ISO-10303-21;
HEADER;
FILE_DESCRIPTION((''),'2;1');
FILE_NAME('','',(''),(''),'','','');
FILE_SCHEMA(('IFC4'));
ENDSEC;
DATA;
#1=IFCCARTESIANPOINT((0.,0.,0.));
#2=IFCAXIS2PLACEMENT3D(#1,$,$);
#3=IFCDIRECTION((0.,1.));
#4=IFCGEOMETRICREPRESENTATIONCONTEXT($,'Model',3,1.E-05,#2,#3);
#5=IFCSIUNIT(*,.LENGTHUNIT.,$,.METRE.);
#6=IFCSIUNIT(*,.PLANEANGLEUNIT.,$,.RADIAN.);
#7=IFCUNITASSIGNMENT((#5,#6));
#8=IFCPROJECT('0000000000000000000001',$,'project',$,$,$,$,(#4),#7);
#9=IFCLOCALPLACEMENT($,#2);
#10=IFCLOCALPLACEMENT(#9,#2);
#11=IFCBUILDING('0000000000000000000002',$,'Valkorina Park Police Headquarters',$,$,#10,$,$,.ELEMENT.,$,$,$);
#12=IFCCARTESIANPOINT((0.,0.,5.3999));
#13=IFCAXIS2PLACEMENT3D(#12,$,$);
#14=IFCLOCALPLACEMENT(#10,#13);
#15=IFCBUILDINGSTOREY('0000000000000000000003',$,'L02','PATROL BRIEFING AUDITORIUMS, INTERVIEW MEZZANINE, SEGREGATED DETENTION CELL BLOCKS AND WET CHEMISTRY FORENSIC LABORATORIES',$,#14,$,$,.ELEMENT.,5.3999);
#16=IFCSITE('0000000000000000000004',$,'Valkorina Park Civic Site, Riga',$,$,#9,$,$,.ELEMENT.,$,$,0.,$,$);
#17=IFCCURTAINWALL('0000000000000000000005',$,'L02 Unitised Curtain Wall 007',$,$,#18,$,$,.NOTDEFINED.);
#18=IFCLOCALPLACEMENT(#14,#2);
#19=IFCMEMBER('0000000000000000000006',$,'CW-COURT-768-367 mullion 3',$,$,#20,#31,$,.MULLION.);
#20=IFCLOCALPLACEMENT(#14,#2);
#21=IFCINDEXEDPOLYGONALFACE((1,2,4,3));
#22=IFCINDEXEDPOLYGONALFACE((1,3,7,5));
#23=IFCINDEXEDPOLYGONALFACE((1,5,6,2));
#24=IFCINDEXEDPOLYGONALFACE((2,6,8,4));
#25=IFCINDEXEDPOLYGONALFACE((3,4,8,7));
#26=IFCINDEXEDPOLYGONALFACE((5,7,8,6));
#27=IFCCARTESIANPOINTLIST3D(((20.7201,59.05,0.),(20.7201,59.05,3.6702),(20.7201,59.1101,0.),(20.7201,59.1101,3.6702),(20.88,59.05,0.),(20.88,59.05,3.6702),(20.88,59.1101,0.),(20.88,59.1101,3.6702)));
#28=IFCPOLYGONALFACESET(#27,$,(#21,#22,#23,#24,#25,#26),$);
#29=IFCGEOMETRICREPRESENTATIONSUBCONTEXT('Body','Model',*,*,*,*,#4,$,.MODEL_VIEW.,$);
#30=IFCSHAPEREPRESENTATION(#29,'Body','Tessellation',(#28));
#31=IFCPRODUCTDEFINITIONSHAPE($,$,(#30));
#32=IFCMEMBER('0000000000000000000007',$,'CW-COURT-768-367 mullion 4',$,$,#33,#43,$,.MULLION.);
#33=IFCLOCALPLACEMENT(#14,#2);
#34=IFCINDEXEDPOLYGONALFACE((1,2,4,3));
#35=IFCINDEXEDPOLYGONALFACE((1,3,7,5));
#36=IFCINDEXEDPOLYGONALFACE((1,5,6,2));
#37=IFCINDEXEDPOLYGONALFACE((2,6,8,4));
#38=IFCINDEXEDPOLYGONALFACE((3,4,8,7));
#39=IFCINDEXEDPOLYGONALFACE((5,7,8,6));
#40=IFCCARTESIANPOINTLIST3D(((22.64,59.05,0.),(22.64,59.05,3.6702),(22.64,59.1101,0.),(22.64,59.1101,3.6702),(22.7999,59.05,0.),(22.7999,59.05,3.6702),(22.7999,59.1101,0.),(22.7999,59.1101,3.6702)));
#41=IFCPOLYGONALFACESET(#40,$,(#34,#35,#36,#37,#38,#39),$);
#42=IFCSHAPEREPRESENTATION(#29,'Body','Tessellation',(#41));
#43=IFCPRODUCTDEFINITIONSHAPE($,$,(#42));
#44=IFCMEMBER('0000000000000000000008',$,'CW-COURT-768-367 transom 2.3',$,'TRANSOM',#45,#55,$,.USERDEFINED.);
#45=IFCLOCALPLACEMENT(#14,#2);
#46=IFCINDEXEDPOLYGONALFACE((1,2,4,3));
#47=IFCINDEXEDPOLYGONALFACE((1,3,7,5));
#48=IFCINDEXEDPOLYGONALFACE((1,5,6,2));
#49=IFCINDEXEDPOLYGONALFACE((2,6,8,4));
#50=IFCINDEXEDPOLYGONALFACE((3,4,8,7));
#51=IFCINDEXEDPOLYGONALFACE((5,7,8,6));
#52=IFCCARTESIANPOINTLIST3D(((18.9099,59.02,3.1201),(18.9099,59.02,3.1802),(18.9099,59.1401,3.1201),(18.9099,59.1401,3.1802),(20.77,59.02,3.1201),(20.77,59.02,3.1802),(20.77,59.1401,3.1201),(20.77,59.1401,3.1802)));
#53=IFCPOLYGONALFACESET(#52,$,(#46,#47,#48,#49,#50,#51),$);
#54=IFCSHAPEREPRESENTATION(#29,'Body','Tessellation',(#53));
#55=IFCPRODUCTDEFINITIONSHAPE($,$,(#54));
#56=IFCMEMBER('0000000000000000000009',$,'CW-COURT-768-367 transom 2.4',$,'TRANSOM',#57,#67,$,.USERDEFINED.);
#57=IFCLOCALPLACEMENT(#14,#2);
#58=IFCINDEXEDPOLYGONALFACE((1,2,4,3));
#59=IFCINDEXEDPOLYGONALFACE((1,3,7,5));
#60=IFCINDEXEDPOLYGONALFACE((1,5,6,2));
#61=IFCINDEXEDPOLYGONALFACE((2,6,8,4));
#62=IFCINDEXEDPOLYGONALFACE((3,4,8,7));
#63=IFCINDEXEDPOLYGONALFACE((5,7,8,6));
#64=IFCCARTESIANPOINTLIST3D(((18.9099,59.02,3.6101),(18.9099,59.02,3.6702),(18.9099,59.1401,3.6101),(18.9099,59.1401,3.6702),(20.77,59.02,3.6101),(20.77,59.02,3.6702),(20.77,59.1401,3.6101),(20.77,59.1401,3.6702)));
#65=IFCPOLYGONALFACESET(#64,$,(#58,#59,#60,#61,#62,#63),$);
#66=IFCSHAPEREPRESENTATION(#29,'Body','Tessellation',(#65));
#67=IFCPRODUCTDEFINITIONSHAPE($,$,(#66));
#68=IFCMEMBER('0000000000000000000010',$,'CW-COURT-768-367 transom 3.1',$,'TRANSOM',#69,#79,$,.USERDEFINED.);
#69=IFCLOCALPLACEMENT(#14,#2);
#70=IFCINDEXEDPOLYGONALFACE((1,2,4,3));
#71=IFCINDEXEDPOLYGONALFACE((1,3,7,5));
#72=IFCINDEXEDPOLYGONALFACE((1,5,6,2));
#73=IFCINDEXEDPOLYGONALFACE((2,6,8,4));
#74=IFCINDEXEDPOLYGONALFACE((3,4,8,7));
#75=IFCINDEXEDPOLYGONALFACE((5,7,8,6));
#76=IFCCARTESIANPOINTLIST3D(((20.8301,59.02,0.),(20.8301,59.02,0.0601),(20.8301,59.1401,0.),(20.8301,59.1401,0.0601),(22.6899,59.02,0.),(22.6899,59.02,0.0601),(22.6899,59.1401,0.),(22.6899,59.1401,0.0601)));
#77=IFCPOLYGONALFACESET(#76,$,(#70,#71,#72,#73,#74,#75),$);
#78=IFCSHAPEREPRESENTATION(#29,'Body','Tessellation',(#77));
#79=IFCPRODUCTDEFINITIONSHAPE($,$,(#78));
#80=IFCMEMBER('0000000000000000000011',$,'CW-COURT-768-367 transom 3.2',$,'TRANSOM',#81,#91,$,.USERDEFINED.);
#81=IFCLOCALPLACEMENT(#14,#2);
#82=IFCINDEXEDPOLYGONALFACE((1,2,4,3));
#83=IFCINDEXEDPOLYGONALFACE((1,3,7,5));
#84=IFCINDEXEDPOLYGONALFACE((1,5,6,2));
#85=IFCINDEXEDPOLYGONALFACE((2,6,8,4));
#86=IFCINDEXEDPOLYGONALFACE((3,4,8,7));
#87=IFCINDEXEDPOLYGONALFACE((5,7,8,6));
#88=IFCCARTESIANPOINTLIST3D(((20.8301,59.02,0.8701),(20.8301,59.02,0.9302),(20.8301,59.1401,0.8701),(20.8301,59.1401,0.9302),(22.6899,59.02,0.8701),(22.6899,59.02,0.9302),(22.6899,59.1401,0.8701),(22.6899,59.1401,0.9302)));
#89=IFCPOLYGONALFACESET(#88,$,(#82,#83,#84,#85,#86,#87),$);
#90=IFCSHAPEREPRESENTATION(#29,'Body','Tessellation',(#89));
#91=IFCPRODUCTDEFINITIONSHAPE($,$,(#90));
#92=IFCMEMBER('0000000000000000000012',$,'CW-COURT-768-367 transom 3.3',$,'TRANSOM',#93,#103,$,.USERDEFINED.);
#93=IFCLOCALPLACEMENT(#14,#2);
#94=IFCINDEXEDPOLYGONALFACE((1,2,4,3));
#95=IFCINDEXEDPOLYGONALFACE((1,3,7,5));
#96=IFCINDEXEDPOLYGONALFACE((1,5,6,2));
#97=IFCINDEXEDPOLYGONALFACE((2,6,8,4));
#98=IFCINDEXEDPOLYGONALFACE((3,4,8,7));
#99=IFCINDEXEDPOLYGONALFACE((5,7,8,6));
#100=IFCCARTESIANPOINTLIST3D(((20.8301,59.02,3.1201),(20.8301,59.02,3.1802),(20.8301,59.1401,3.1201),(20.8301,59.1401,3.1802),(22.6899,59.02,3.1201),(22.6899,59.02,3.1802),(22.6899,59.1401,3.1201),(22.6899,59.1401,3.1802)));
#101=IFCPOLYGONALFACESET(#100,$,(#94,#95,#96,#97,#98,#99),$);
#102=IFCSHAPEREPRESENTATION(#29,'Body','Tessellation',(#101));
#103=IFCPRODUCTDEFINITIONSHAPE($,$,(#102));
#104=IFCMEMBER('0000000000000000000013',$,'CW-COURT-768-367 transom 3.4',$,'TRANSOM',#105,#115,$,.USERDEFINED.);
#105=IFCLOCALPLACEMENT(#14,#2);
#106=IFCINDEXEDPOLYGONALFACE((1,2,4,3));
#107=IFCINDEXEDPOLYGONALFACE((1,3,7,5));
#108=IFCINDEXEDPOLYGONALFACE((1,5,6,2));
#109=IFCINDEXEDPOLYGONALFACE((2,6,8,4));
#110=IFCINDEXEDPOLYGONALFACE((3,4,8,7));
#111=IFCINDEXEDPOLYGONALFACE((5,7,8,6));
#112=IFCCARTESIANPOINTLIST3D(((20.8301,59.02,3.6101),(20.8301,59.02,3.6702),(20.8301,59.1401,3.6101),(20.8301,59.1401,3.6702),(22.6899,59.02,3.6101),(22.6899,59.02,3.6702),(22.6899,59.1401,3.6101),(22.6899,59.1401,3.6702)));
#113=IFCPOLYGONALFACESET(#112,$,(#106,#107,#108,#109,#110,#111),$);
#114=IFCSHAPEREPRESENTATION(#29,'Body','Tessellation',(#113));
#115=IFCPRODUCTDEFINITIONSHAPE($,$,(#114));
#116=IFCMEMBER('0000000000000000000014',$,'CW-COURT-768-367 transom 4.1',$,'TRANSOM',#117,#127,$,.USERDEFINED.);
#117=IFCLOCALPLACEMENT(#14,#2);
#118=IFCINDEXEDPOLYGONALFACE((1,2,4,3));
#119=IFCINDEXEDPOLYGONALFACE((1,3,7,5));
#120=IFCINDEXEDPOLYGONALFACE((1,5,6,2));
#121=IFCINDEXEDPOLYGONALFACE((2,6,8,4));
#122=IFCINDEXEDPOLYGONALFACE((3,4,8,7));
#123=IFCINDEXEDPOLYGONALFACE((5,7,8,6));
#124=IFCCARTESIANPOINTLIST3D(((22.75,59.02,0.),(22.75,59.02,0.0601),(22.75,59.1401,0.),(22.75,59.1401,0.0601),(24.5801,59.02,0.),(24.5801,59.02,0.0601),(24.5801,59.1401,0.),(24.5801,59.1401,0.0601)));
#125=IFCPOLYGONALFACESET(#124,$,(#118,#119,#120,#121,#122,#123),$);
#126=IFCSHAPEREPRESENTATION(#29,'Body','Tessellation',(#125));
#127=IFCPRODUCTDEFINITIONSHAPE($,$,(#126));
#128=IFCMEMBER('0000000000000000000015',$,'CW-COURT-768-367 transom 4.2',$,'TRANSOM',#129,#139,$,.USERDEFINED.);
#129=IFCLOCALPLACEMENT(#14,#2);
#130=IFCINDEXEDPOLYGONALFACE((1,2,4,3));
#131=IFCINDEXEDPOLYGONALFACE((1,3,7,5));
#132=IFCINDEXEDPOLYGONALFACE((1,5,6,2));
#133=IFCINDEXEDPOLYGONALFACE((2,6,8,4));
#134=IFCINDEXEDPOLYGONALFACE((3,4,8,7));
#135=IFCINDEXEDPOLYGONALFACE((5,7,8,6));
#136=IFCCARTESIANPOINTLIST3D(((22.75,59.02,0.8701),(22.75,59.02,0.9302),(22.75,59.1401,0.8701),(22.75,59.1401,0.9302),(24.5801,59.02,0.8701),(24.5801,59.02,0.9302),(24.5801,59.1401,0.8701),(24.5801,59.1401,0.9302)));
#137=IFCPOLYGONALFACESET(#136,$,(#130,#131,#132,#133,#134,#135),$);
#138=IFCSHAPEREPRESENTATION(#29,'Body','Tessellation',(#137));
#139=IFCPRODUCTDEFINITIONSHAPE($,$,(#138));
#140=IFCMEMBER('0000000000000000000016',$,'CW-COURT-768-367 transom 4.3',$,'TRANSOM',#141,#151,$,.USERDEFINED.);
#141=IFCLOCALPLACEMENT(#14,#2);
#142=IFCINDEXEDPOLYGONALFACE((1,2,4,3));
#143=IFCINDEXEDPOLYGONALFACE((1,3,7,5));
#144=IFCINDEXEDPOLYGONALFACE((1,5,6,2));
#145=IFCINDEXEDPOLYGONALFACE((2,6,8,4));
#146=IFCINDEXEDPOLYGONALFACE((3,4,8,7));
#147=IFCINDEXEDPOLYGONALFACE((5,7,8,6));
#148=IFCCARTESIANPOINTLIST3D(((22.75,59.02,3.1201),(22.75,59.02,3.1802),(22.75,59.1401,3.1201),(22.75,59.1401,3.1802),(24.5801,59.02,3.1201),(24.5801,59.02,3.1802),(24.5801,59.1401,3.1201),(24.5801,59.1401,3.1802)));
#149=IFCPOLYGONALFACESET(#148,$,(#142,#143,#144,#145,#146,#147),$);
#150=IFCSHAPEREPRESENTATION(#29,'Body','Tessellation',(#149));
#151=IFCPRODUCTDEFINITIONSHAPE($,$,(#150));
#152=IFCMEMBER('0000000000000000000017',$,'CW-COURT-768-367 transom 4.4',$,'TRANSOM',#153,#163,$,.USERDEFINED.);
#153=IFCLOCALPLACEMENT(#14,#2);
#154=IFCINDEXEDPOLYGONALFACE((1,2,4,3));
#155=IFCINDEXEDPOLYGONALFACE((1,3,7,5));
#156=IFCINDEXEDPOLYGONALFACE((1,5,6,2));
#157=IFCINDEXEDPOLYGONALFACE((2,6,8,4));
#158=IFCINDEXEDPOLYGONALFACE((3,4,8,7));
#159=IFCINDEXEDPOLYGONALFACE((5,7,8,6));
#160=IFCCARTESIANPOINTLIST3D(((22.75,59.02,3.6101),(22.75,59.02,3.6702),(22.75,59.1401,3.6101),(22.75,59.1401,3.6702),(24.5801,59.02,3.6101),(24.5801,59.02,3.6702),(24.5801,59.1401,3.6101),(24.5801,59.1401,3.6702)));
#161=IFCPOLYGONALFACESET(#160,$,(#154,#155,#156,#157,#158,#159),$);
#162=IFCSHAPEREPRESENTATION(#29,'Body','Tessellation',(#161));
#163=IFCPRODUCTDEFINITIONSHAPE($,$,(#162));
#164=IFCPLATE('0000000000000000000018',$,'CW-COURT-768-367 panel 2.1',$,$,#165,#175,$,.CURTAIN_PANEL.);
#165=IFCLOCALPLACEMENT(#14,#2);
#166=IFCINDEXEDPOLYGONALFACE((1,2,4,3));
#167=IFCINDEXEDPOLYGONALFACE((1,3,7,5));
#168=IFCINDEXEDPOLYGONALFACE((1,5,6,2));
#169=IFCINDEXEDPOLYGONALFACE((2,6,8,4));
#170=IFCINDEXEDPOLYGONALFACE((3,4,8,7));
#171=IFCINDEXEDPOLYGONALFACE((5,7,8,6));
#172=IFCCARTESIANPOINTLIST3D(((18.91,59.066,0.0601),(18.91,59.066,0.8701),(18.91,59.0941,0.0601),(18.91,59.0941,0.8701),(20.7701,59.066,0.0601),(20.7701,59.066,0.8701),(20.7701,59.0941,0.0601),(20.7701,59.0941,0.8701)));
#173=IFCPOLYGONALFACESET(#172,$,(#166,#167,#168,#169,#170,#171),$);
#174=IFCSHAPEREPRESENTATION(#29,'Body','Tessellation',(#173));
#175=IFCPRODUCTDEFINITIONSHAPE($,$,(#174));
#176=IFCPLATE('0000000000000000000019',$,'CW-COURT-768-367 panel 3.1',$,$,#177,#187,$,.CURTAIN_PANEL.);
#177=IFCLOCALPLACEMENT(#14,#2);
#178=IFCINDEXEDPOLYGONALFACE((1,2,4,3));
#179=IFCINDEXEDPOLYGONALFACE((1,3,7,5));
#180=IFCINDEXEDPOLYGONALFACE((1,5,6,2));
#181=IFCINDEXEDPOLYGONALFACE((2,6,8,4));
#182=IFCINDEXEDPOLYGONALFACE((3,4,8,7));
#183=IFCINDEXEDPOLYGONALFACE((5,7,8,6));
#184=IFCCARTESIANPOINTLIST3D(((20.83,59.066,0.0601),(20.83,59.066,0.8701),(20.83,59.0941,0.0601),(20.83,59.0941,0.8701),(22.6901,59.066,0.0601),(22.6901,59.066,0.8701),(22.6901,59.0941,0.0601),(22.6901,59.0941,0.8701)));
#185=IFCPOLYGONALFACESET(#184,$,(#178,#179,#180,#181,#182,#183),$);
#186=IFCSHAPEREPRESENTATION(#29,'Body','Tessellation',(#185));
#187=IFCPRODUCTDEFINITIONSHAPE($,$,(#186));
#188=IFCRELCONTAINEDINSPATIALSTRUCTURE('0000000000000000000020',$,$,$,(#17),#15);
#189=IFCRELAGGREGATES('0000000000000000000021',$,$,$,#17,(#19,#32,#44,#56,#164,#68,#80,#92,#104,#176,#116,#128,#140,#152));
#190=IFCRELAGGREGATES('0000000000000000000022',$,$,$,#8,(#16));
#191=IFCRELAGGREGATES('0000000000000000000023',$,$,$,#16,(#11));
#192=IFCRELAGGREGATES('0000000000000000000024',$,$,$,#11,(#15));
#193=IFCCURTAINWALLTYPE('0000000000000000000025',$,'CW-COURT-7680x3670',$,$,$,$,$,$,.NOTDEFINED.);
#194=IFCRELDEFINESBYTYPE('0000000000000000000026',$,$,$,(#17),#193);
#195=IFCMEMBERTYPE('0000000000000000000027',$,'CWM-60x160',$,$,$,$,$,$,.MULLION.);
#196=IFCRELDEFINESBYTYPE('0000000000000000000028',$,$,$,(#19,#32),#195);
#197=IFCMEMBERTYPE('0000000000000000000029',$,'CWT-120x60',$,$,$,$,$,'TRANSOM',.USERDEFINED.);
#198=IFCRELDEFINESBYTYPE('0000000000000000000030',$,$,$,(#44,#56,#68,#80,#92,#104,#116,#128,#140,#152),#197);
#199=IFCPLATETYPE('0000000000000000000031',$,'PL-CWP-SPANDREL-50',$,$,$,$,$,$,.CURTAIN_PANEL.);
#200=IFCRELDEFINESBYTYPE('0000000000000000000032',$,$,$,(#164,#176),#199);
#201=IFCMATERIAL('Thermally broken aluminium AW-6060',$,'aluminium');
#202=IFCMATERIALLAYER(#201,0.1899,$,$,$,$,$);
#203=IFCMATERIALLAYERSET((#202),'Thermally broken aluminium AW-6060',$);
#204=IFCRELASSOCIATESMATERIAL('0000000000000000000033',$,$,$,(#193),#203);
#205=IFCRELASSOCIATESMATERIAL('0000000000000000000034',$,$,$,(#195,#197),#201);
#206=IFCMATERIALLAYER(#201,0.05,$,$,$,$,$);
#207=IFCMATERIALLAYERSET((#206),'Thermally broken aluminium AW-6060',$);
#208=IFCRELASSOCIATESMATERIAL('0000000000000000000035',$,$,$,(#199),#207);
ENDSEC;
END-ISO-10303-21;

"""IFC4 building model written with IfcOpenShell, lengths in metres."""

from ifc_helpers import new_model, si_unit, direction, frame, origin, origin_2d, place, context, subcontext, project, spatial, rectangle, extrude, material, layer, layer_set, material_profile, profile_set, type_object, element, aggregate, save


model = new_model("IFC4")

# Units and contexts
model_context = context("Model", 3, precision=1e-05, world=origin(), true_north=direction((0.0, 1.0)))
body_context = subcontext(model_context, "Body", "Model", "MODEL_VIEW")
ifc_project = project(units=[si_unit("LENGTHUNIT", "METRE"), si_unit("PLANEANGLEUNIT", "RADIAN")], contexts=[model_context])

# Site, building, storey
site_placement = place(None, origin())
site = spatial("IfcSite", under=ifc_project, at=site_placement, Name="Valkorina Park Civic Site, Riga", CompositionType="ELEMENT", RefElevation=0.0)
building_placement = place(site_placement, origin())
building = spatial("IfcBuilding", under=site, at=building_placement, Name="Valkorina Park Police Headquarters", CompositionType="ELEMENT")
storey_placement = place(building_placement, frame((0.0, 0.0, 5.3999)))
storey = spatial("IfcBuildingStorey", under=building, at=storey_placement, Name="L02", Description="PATROL BRIEFING AUDITORIUMS, INTERVIEW MEZZANINE, SEGREGATED DETENTION CELL BLOCKS AND WET CHEMISTRY FORENSIC LABORATORIES", CompositionType="ELEMENT", Elevation=5.3999)

# Curtain wall, members, plates
ifc_material_1 = material(Name="Thermally broken aluminium AW-6060", Category="aluminium")
ifc_layer_1 = layer(ifc_material_1, 0.1899)
ifc_layer_set_1 = layer_set([ifc_layer_1], Name="Thermally broken aluminium AW-6060")
curtain_wall_type = type_object("IfcCurtainWallType", Name="CW-COURT-7680x3670", PredefinedType="NOTDEFINED", material=ifc_layer_set_1)
curtain_wall_placement = place(storey_placement, origin())
curtain_wall = element("IfcCurtainWall", 1, at=curtain_wall_placement, inside=storey, type_object=curtain_wall_type, Name="L02 Unitised Curtain Wall 007", PredefinedType="NOTDEFINED")
ifc_material_profile_1 = material_profile(ifc_material_1, rectangle(XDim=0.0601, YDim=0.1599, at=origin_2d()), Name="CWM-01 60x160")
ifc_profile_set_1 = profile_set([ifc_material_profile_1], Name="Thermally broken aluminium AW-6060")
member_type_1 = type_object("IfcMemberType", Name="CWM-60x160", PredefinedType="MULLION", material=ifc_profile_set_1)
member_1_placement = place(storey_placement, frame((20.8, 59.0801, 0.0), z_axis=(0.0, 0.0, 1.0), x_axis=(0.0, 1.0, 0.0)))
member_1 = element("IfcMember", 2, at=member_1_placement, type_object=member_type_1, Name="CW-COURT-768-367 mullion 3", PredefinedType="MULLION", context=body_context, shape_type="SweptSolid", body=[
    extrude(rectangle(XDim=0.0601, YDim=0.1599, at=origin_2d()), origin(), (0.0, 0.0, 1.0), 3.6702),
])
member_2_placement = place(storey_placement, frame((22.72, 59.0801, 0.0), z_axis=(0.0, 0.0, 1.0), x_axis=(0.0, 1.0, 0.0)))
member_2 = element("IfcMember", 3, at=member_2_placement, type_object=member_type_1, Name="CW-COURT-768-367 mullion 4", PredefinedType="MULLION", context=body_context, shape_type="SweptSolid", body=[
    extrude(rectangle(XDim=0.0601, YDim=0.1599, at=origin_2d()), origin(), (0.0, 0.0, 1.0), 3.6702),
])
ifc_material_profile_2 = material_profile(ifc_material_1, rectangle(XDim=0.1201, YDim=0.0601, at=origin_2d()), Name="CWT-01 120x60")
ifc_profile_set_2 = profile_set([ifc_material_profile_2], Name="Thermally broken aluminium AW-6060")
member_type_2 = type_object("IfcMemberType", Name="CWT-120x60", ElementType="TRANSOM", PredefinedType="USERDEFINED", material=ifc_profile_set_2)
member_3_placement = place(storey_placement, frame((18.9099, 59.0801, 3.1501), z_axis=(1.0, 0.0, 0.0), x_axis=(0.0, 1.0, 0.0)))
member_3 = element("IfcMember", 4, at=member_3_placement, type_object=member_type_2, Name="CW-COURT-768-367 transom 2.3", ObjectType="TRANSOM", PredefinedType="USERDEFINED", context=body_context, shape_type="SweptSolid", body=[
    extrude(rectangle(XDim=0.1201, YDim=0.0601, at=origin_2d()), origin(), (0.0, 0.0, 1.0), 1.8601),
])
member_4_placement = place(storey_placement, frame((18.9099, 59.0801, 3.6401), z_axis=(1.0, 0.0, 0.0), x_axis=(0.0, 1.0, 0.0)))
member_4 = element("IfcMember", 5, at=member_4_placement, type_object=member_type_2, Name="CW-COURT-768-367 transom 2.4", ObjectType="TRANSOM", PredefinedType="USERDEFINED", context=body_context, shape_type="SweptSolid", body=[
    extrude(rectangle(XDim=0.1201, YDim=0.0601, at=origin_2d()), origin(), (0.0, 0.0, 1.0), 1.8601),
])
member_5_placement = place(storey_placement, frame((20.8301, 59.0801, 0.03), z_axis=(1.0, 0.0, 0.0), x_axis=(0.0, 1.0, 0.0)))
member_5 = element("IfcMember", 6, at=member_5_placement, type_object=member_type_2, Name="CW-COURT-768-367 transom 3.1", ObjectType="TRANSOM", PredefinedType="USERDEFINED", context=body_context, shape_type="SweptSolid", body=[
    extrude(rectangle(XDim=0.1201, YDim=0.0601, at=origin_2d()), origin(), (0.0, 0.0, 1.0), 1.8599),
])
member_6_placement = place(storey_placement, frame((20.8301, 59.0801, 0.9001), z_axis=(1.0, 0.0, 0.0), x_axis=(0.0, 1.0, 0.0)))
member_6 = element("IfcMember", 7, at=member_6_placement, type_object=member_type_2, Name="CW-COURT-768-367 transom 3.2", ObjectType="TRANSOM", PredefinedType="USERDEFINED", context=body_context, shape_type="SweptSolid", body=[
    extrude(rectangle(XDim=0.1201, YDim=0.0601, at=origin_2d()), origin(), (0.0, 0.0, 1.0), 1.8599),
])
member_7_placement = place(storey_placement, frame((20.8301, 59.0801, 3.1501), z_axis=(1.0, 0.0, 0.0), x_axis=(0.0, 1.0, 0.0)))
member_7 = element("IfcMember", 8, at=member_7_placement, type_object=member_type_2, Name="CW-COURT-768-367 transom 3.3", ObjectType="TRANSOM", PredefinedType="USERDEFINED", context=body_context, shape_type="SweptSolid", body=[
    extrude(rectangle(XDim=0.1201, YDim=0.0601, at=origin_2d()), origin(), (0.0, 0.0, 1.0), 1.8599),
])
member_8_placement = place(storey_placement, frame((20.8301, 59.0801, 3.6401), z_axis=(1.0, 0.0, 0.0), x_axis=(0.0, 1.0, 0.0)))
member_8 = element("IfcMember", 9, at=member_8_placement, type_object=member_type_2, Name="CW-COURT-768-367 transom 3.4", ObjectType="TRANSOM", PredefinedType="USERDEFINED", context=body_context, shape_type="SweptSolid", body=[
    extrude(rectangle(XDim=0.1201, YDim=0.0601, at=origin_2d()), origin(), (0.0, 0.0, 1.0), 1.8599),
])
member_9_placement = place(storey_placement, frame((22.75, 59.0801, 0.03), z_axis=(1.0, 0.0, 0.0), x_axis=(0.0, 1.0, 0.0)))
member_9 = element("IfcMember", 10, at=member_9_placement, type_object=member_type_2, Name="CW-COURT-768-367 transom 4.1", ObjectType="TRANSOM", PredefinedType="USERDEFINED", context=body_context, shape_type="SweptSolid", body=[
    extrude(rectangle(XDim=0.1201, YDim=0.0601, at=origin_2d()), origin(), (0.0, 0.0, 1.0), 1.8301),
])
member_10_placement = place(storey_placement, frame((22.75, 59.0801, 0.9001), z_axis=(1.0, 0.0, 0.0), x_axis=(0.0, 1.0, 0.0)))
member_10 = element("IfcMember", 11, at=member_10_placement, type_object=member_type_2, Name="CW-COURT-768-367 transom 4.2", ObjectType="TRANSOM", PredefinedType="USERDEFINED", context=body_context, shape_type="SweptSolid", body=[
    extrude(rectangle(XDim=0.1201, YDim=0.0601, at=origin_2d()), origin(), (0.0, 0.0, 1.0), 1.8301),
])
member_11_placement = place(storey_placement, frame((22.75, 59.0801, 3.1501), z_axis=(1.0, 0.0, 0.0), x_axis=(0.0, 1.0, 0.0)))
member_11 = element("IfcMember", 12, at=member_11_placement, type_object=member_type_2, Name="CW-COURT-768-367 transom 4.3", ObjectType="TRANSOM", PredefinedType="USERDEFINED", context=body_context, shape_type="SweptSolid", body=[
    extrude(rectangle(XDim=0.1201, YDim=0.0601, at=origin_2d()), origin(), (0.0, 0.0, 1.0), 1.8301),
])
member_12_placement = place(storey_placement, frame((22.75, 59.0801, 3.6401), z_axis=(1.0, 0.0, 0.0), x_axis=(0.0, 1.0, 0.0)))
member_12 = element("IfcMember", 13, at=member_12_placement, type_object=member_type_2, Name="CW-COURT-768-367 transom 4.4", ObjectType="TRANSOM", PredefinedType="USERDEFINED", context=body_context, shape_type="SweptSolid", body=[
    extrude(rectangle(XDim=0.1201, YDim=0.0601, at=origin_2d()), origin(), (0.0, 0.0, 1.0), 1.8301),
])
ifc_layer_2 = layer(ifc_material_1, 0.05)
ifc_layer_set_2 = layer_set([ifc_layer_2], Name="Thermally broken aluminium AW-6060")
plate_type_1 = type_object("IfcPlateType", Name="PL-CWP-SPANDREL-50", PredefinedType="CURTAIN_PANEL", material=ifc_layer_set_2)
plate_1_placement = place(storey_placement, frame((19.8401, 59.0801, 0.0601), z_axis=(0.0, 0.0, 1.0), x_axis=(1.0, 0.0, 0.0)))
plate_1 = element("IfcPlate", 14, at=plate_1_placement, type_object=plate_type_1, Name="CW-COURT-768-367 panel 2.1", PredefinedType="CURTAIN_PANEL", context=body_context, shape_type="SweptSolid", body=[
    extrude(rectangle(XDim=1.8601, YDim=0.0281, at=origin_2d()), origin(), (0.0, 0.0, 1.0), 0.8101),
])
plate_2_placement = place(storey_placement, frame((21.76, 59.0801, 0.0601), z_axis=(0.0, 0.0, 1.0), x_axis=(1.0, 0.0, 0.0)))
plate_2 = element("IfcPlate", 15, at=plate_2_placement, type_object=plate_type_1, Name="CW-COURT-768-367 panel 3.1", PredefinedType="CURTAIN_PANEL", context=body_context, shape_type="SweptSolid", body=[
    extrude(rectangle(XDim=1.8601, YDim=0.0281, at=origin_2d()), origin(), (0.0, 0.0, 1.0), 0.8101),
])
aggregate(curtain_wall, [member_1, member_2, member_3, member_4, plate_1, member_5, member_6, member_7, member_8, plate_2, member_9, member_10, member_11, member_12])

save(model, "model.ifc")
